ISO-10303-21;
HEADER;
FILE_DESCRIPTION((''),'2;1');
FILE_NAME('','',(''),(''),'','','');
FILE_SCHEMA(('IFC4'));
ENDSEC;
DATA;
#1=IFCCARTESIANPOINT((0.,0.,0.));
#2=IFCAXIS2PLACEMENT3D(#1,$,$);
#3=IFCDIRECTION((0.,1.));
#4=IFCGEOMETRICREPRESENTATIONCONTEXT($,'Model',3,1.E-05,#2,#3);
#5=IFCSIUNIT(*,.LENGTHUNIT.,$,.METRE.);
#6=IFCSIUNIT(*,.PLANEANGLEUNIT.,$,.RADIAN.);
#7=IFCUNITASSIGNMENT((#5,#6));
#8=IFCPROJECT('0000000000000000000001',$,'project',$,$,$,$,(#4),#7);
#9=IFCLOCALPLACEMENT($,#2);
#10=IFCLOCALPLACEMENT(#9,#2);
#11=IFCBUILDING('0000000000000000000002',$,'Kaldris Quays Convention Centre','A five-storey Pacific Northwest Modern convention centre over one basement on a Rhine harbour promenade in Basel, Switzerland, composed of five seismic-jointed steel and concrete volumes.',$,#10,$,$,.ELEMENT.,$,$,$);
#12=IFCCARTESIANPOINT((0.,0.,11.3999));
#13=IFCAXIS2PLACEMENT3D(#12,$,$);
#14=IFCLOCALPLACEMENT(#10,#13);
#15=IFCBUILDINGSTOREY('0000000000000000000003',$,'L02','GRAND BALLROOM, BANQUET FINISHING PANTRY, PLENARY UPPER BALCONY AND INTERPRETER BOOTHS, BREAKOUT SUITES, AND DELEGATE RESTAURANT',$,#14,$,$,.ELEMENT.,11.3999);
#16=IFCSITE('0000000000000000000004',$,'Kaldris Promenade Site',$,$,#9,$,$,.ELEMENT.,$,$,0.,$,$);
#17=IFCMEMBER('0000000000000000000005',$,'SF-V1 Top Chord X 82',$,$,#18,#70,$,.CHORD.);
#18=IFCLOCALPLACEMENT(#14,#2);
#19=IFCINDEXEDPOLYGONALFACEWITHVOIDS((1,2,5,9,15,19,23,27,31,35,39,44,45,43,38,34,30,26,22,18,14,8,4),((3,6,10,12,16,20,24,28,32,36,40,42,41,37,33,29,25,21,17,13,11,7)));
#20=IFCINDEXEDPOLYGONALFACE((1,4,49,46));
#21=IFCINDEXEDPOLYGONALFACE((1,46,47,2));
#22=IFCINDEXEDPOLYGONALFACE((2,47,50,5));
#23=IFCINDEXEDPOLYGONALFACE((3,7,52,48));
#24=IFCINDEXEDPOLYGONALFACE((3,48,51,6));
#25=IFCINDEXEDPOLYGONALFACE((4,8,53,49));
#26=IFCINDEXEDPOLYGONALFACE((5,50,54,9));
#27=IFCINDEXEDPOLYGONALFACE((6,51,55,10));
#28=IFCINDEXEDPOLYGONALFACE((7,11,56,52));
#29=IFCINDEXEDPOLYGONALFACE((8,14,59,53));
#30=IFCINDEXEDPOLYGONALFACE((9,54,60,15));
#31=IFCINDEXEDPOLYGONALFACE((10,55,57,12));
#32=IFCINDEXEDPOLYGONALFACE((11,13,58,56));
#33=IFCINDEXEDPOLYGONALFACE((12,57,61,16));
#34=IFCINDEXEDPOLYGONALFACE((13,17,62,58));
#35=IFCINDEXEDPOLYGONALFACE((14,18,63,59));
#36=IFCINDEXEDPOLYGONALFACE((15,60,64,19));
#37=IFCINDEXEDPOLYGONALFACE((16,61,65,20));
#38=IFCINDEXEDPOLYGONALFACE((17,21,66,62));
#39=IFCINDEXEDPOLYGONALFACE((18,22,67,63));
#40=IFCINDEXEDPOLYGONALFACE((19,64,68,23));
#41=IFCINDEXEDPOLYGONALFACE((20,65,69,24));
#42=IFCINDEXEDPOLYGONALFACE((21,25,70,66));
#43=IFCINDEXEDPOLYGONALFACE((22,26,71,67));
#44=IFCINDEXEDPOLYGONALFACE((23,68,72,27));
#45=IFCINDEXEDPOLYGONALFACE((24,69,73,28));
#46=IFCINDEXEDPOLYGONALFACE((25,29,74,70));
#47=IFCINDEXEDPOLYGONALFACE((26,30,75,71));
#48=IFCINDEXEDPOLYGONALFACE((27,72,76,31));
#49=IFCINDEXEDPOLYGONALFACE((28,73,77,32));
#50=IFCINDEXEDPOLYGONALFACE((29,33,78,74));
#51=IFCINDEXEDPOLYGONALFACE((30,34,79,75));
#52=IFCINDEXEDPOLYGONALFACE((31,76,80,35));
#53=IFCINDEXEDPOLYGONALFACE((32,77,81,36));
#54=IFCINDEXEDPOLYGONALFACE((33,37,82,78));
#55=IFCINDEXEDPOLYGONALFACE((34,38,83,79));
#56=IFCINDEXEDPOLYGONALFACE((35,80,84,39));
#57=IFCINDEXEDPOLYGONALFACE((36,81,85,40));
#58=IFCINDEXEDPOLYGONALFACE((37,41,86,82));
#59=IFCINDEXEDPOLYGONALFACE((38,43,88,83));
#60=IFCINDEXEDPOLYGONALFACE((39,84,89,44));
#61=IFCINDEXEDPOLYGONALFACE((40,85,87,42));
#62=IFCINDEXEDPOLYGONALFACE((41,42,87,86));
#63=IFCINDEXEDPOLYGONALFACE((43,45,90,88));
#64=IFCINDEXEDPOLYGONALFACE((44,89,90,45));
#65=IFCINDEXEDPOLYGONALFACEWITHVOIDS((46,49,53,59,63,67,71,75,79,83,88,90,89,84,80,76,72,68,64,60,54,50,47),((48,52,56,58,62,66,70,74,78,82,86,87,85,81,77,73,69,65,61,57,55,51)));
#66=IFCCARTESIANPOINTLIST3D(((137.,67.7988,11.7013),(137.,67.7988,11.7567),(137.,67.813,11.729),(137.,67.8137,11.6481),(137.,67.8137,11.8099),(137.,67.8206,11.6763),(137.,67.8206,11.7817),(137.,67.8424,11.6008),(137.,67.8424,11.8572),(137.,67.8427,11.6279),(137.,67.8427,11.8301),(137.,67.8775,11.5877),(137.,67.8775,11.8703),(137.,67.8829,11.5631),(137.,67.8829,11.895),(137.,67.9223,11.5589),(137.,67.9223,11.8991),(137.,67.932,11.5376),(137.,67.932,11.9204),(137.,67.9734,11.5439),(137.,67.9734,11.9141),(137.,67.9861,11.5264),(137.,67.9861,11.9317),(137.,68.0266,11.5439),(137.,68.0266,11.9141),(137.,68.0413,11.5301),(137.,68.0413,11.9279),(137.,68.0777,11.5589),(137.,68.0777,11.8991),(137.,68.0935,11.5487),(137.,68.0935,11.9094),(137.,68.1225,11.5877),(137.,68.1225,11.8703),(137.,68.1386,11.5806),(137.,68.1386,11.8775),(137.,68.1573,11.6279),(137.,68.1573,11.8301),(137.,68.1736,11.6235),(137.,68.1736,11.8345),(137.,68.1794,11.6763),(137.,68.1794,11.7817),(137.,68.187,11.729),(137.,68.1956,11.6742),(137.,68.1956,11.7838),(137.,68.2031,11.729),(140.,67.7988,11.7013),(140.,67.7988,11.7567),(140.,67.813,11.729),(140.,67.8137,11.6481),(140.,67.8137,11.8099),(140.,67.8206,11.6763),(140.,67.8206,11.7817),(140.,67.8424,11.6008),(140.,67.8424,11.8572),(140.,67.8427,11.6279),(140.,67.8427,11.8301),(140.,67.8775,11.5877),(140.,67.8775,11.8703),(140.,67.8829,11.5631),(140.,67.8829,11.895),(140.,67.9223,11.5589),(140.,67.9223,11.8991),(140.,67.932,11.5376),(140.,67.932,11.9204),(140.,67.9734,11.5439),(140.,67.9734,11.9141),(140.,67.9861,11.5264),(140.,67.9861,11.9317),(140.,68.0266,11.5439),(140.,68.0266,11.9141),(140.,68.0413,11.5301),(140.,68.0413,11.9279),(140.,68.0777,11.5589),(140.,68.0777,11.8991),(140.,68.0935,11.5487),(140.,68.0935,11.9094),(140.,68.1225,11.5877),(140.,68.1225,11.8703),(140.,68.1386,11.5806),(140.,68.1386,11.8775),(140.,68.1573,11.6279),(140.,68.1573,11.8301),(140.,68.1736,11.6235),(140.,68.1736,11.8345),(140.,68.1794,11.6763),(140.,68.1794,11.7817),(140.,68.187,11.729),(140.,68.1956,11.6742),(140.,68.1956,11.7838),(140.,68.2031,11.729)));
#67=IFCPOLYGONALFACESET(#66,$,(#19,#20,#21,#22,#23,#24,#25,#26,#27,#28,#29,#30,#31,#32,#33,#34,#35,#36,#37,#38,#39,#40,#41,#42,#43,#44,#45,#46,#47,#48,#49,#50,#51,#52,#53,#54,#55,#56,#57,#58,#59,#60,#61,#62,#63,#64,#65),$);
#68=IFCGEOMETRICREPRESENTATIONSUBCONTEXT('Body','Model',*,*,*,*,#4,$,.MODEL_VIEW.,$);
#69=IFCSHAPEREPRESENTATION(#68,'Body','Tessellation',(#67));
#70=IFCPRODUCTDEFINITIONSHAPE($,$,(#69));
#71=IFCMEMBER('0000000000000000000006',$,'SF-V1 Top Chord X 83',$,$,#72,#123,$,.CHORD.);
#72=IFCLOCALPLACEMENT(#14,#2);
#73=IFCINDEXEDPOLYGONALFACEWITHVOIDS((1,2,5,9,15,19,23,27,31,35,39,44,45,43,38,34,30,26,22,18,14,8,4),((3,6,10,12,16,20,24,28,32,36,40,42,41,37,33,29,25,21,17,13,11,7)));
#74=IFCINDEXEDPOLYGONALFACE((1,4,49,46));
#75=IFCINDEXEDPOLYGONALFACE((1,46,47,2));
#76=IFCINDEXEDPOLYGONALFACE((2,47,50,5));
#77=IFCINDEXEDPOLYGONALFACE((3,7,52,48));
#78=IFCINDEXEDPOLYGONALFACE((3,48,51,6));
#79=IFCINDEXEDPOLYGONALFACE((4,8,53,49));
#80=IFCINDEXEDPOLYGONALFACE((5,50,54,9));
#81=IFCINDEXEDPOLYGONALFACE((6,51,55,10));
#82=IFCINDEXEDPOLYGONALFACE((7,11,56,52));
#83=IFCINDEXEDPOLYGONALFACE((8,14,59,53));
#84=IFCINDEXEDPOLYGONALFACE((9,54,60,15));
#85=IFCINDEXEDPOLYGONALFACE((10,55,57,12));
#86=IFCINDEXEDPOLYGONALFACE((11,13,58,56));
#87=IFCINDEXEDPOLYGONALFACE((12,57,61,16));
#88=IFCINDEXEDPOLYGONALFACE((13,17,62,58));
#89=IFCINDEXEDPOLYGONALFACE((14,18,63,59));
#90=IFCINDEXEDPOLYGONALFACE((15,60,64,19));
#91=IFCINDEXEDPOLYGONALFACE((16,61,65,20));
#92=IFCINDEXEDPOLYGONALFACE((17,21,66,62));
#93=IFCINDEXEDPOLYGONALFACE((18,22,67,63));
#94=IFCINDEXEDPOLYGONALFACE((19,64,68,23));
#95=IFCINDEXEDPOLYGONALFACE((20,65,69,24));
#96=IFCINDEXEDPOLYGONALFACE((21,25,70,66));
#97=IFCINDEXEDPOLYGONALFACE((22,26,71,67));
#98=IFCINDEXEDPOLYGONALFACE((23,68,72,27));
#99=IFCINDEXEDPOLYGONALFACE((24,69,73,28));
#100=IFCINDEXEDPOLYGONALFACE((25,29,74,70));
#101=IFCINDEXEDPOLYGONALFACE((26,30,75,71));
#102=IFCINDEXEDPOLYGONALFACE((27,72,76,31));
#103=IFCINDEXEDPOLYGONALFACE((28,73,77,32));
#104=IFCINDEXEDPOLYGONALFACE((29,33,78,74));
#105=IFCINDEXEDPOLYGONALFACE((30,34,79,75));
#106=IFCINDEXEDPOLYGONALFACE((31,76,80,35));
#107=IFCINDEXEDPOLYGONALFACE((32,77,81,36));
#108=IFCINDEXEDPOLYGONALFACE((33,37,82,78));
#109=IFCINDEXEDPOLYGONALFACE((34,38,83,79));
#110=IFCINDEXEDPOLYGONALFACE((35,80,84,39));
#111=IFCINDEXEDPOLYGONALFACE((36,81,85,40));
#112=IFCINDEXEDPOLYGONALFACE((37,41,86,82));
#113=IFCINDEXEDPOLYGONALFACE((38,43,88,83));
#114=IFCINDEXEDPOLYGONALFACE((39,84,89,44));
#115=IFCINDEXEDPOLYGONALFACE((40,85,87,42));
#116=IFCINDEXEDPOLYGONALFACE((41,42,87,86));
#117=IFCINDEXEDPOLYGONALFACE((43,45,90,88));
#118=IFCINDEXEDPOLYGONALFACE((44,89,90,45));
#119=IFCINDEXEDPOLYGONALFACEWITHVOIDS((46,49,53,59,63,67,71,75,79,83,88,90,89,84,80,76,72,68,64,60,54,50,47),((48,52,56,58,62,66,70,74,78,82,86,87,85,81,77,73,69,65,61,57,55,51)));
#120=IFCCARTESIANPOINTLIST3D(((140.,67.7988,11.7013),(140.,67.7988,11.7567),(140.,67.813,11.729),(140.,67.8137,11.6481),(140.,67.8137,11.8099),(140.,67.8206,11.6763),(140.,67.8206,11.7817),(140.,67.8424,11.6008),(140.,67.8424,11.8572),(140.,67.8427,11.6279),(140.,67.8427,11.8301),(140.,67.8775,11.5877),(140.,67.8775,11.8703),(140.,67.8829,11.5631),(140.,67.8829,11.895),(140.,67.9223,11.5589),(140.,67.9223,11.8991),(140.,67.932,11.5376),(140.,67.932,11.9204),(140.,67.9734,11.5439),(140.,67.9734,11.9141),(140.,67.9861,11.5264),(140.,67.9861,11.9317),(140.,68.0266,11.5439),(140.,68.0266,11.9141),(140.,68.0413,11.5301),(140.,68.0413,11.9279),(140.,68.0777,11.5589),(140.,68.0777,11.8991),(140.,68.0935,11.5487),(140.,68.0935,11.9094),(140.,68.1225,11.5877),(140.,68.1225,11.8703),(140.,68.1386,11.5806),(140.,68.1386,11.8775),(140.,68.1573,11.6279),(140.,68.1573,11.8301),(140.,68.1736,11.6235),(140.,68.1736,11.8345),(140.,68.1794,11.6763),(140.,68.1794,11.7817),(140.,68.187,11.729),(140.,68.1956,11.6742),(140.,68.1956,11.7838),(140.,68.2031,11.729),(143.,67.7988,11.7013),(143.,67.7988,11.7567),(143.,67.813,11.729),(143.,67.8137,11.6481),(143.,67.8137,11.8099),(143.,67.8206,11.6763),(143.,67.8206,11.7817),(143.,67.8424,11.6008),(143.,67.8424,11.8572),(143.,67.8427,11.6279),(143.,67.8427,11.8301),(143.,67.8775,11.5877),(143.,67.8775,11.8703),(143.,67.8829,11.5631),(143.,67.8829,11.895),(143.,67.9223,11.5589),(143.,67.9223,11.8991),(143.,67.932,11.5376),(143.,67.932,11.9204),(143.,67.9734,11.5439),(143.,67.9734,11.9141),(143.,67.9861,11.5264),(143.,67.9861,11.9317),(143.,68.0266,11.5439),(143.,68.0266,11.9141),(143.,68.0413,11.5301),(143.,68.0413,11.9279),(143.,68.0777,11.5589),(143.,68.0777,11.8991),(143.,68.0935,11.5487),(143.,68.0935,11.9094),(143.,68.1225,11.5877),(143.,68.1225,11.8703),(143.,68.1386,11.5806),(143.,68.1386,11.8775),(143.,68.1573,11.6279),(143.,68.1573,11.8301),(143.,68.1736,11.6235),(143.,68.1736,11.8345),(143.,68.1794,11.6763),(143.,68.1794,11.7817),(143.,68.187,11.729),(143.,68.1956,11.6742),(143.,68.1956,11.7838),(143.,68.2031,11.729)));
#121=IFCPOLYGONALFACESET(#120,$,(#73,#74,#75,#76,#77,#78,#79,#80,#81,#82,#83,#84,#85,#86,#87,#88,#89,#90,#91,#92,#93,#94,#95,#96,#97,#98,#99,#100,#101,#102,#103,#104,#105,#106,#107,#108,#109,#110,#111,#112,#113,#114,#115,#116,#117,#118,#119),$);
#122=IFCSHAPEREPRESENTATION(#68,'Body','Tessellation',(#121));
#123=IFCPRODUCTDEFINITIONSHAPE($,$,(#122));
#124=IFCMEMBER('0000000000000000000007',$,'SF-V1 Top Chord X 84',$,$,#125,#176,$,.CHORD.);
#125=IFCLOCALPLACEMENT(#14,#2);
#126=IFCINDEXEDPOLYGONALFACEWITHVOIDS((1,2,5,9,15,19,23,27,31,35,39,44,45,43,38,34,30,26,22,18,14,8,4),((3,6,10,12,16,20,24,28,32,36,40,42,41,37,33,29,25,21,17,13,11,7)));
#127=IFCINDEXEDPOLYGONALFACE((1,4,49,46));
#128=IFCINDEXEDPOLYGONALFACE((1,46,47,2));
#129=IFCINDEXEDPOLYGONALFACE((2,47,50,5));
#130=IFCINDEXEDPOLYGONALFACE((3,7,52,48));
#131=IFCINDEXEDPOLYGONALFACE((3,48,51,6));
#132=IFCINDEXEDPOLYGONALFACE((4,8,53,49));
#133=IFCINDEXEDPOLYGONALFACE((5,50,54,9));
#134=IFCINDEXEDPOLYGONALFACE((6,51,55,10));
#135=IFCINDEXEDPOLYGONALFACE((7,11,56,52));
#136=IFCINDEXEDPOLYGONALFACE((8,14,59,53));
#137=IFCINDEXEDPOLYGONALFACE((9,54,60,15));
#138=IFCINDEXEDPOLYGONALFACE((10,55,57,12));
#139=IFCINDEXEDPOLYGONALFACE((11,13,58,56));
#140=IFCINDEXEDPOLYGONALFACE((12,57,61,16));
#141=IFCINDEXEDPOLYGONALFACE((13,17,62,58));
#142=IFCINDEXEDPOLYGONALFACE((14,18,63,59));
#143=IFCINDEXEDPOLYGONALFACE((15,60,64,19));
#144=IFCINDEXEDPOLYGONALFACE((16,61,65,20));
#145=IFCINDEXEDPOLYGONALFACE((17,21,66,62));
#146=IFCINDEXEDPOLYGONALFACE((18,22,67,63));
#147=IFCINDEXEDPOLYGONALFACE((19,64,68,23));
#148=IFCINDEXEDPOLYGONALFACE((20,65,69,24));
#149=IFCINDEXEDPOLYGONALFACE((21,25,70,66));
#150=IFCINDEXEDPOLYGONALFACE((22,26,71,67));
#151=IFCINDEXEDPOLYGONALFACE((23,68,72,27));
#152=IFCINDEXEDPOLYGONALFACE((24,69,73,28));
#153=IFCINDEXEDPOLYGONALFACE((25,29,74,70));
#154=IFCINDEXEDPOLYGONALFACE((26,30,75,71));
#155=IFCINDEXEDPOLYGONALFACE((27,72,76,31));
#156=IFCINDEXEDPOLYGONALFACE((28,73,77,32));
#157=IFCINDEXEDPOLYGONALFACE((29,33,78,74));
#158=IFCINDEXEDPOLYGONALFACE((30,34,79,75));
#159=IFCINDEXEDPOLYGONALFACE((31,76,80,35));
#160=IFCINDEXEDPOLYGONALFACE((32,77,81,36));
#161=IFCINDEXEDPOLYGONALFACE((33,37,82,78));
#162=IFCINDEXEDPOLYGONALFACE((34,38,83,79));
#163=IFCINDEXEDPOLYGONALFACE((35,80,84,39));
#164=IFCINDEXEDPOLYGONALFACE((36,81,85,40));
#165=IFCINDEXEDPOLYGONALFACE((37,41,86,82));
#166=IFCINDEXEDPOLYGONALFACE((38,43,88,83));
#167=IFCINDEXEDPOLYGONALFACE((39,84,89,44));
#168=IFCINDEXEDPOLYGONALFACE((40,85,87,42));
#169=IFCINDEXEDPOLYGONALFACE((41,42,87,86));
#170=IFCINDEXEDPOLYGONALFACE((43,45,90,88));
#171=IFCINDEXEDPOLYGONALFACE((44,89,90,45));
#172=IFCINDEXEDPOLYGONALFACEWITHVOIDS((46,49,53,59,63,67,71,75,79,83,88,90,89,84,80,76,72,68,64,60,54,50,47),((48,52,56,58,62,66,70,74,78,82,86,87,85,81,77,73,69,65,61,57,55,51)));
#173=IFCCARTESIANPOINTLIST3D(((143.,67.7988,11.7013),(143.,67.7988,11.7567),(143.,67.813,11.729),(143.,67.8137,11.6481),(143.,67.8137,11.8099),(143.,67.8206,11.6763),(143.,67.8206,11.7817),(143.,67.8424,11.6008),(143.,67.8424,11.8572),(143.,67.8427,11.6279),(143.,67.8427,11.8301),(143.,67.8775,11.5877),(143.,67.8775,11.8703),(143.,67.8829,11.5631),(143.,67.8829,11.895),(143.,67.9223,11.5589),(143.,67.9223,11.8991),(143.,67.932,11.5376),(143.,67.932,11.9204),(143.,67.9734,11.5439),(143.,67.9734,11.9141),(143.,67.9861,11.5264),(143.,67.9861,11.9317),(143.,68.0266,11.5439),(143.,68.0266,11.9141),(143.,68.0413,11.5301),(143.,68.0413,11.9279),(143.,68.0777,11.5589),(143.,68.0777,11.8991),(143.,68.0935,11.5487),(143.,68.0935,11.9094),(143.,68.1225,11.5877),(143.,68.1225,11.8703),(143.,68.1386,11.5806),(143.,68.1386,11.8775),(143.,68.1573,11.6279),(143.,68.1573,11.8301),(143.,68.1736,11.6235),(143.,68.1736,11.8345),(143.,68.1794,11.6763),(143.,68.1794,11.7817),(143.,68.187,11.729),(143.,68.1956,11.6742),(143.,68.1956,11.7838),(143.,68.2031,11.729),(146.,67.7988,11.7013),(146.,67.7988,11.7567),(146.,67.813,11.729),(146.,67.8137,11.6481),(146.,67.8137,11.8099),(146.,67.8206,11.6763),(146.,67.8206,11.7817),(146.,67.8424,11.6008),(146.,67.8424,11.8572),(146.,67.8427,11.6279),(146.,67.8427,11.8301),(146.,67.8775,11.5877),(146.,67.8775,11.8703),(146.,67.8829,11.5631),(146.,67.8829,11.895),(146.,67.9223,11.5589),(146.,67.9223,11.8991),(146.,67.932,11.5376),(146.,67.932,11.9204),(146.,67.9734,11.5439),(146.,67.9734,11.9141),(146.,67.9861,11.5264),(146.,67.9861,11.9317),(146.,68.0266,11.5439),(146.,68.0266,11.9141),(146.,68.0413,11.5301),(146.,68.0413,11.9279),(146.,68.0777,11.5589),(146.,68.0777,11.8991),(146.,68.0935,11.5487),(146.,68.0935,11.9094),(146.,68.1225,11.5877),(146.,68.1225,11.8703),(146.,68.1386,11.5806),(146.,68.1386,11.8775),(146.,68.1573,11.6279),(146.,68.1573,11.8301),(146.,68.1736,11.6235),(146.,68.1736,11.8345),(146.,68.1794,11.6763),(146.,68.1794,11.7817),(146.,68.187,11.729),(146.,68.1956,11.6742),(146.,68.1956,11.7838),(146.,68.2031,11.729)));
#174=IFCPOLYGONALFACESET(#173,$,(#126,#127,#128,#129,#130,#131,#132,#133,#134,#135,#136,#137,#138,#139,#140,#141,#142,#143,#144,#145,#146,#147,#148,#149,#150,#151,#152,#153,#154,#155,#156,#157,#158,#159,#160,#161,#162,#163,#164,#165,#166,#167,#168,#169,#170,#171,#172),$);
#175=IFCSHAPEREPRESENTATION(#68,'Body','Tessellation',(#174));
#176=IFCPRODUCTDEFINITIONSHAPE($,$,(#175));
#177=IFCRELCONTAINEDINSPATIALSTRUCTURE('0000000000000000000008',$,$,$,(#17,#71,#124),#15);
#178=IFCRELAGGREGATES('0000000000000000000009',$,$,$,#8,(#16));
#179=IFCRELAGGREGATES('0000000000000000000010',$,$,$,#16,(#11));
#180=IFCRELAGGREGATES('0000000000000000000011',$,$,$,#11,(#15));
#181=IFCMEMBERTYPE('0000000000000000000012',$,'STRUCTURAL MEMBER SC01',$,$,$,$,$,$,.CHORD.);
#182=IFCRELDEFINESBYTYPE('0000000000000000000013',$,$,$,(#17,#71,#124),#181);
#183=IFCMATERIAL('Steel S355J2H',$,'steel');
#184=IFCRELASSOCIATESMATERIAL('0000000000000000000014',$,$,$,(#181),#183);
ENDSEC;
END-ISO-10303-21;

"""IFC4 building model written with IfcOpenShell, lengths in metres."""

from ifc_helpers import new_model, si_unit, direction, frame, origin, origin_2d, place, context, subcontext, project, spatial, hollow_circle, extrude, material, material_profile, profile_set, type_object, element, save


model = new_model("IFC4")

# Units and contexts
model_context = context("Model", 3, precision=1e-05, world=origin(), true_north=direction((0.0, 1.0)))
body_context = subcontext(model_context, "Body", "Model", "MODEL_VIEW")
ifc_project = project(units=[si_unit("LENGTHUNIT", "METRE"), si_unit("PLANEANGLEUNIT", "RADIAN")], contexts=[model_context])

# Site, building, storey
site_placement = place(None, origin())
site = spatial("IfcSite", under=ifc_project, at=site_placement, Name="Kaldris Promenade Site", CompositionType="ELEMENT", RefElevation=0.0)
building_placement = place(site_placement, origin())
building = spatial("IfcBuilding", under=site, at=building_placement, Name="Kaldris Quays Convention Centre", Description="A five-storey Pacific Northwest Modern convention centre over one basement on a Rhine harbour promenade in Basel, Switzerland, composed of five seismic-jointed steel and concrete volumes.", CompositionType="ELEMENT")
storey_placement = place(building_placement, frame((0.0, 0.0, 11.3999)))
storey = spatial("IfcBuildingStorey", under=building, at=storey_placement, Name="L02", Description="GRAND BALLROOM, BANQUET FINISHING PANTRY, PLENARY UPPER BALCONY AND INTERPRETER BOOTHS, BREAKOUT SUITES, AND DELEGATE RESTAURANT", CompositionType="ELEMENT", Elevation=11.3999)

# Members
ifc_material_1 = material(Name="Steel S355J2H", Category="steel")
ifc_material_profile_1 = material_profile(ifc_material_1, hollow_circle(Radius=0.2031, WallThickness=0.0161, at=origin_2d()), Name="CHS 406.4x16")
ifc_profile_set_1 = profile_set([ifc_material_profile_1], Name="Steel S355J2H")
member_type_1 = type_object("IfcMemberType", Name="STRUCTURAL MEMBER SC01", PredefinedType="CHORD", material=ifc_profile_set_1)
for number, where, z_axis, x_axis, name in (
    (1, (137.0, 68.0, 11.729), (1.0, 0.0, 0.0), (0.0, 1.0, 0.0), "SF-V1 Top Chord X 82"),
    (2, (140.0, 68.0, 11.729), (1.0, 0.0, 0.0), (0.0, 1.0, 0.0), "SF-V1 Top Chord X 83"),
    (3, (143.0, 68.0, 11.729), (1.0, 0.0, 0.0), (0.0, 1.0, 0.0), "SF-V1 Top Chord X 84"),
):
    element("IfcMember", number, at=place(storey_placement, frame(where, z_axis=z_axis, x_axis=x_axis)), inside=storey, type_object=member_type_1, Name=name, PredefinedType="CHORD", context=body_context, shape_type="SweptSolid", body=[
        extrude(hollow_circle(Radius=0.2031, WallThickness=0.0161, at=origin_2d()), origin(), (0.0, 0.0, 1.0), 3.0),
    ])

save(model, "model.ifc")
